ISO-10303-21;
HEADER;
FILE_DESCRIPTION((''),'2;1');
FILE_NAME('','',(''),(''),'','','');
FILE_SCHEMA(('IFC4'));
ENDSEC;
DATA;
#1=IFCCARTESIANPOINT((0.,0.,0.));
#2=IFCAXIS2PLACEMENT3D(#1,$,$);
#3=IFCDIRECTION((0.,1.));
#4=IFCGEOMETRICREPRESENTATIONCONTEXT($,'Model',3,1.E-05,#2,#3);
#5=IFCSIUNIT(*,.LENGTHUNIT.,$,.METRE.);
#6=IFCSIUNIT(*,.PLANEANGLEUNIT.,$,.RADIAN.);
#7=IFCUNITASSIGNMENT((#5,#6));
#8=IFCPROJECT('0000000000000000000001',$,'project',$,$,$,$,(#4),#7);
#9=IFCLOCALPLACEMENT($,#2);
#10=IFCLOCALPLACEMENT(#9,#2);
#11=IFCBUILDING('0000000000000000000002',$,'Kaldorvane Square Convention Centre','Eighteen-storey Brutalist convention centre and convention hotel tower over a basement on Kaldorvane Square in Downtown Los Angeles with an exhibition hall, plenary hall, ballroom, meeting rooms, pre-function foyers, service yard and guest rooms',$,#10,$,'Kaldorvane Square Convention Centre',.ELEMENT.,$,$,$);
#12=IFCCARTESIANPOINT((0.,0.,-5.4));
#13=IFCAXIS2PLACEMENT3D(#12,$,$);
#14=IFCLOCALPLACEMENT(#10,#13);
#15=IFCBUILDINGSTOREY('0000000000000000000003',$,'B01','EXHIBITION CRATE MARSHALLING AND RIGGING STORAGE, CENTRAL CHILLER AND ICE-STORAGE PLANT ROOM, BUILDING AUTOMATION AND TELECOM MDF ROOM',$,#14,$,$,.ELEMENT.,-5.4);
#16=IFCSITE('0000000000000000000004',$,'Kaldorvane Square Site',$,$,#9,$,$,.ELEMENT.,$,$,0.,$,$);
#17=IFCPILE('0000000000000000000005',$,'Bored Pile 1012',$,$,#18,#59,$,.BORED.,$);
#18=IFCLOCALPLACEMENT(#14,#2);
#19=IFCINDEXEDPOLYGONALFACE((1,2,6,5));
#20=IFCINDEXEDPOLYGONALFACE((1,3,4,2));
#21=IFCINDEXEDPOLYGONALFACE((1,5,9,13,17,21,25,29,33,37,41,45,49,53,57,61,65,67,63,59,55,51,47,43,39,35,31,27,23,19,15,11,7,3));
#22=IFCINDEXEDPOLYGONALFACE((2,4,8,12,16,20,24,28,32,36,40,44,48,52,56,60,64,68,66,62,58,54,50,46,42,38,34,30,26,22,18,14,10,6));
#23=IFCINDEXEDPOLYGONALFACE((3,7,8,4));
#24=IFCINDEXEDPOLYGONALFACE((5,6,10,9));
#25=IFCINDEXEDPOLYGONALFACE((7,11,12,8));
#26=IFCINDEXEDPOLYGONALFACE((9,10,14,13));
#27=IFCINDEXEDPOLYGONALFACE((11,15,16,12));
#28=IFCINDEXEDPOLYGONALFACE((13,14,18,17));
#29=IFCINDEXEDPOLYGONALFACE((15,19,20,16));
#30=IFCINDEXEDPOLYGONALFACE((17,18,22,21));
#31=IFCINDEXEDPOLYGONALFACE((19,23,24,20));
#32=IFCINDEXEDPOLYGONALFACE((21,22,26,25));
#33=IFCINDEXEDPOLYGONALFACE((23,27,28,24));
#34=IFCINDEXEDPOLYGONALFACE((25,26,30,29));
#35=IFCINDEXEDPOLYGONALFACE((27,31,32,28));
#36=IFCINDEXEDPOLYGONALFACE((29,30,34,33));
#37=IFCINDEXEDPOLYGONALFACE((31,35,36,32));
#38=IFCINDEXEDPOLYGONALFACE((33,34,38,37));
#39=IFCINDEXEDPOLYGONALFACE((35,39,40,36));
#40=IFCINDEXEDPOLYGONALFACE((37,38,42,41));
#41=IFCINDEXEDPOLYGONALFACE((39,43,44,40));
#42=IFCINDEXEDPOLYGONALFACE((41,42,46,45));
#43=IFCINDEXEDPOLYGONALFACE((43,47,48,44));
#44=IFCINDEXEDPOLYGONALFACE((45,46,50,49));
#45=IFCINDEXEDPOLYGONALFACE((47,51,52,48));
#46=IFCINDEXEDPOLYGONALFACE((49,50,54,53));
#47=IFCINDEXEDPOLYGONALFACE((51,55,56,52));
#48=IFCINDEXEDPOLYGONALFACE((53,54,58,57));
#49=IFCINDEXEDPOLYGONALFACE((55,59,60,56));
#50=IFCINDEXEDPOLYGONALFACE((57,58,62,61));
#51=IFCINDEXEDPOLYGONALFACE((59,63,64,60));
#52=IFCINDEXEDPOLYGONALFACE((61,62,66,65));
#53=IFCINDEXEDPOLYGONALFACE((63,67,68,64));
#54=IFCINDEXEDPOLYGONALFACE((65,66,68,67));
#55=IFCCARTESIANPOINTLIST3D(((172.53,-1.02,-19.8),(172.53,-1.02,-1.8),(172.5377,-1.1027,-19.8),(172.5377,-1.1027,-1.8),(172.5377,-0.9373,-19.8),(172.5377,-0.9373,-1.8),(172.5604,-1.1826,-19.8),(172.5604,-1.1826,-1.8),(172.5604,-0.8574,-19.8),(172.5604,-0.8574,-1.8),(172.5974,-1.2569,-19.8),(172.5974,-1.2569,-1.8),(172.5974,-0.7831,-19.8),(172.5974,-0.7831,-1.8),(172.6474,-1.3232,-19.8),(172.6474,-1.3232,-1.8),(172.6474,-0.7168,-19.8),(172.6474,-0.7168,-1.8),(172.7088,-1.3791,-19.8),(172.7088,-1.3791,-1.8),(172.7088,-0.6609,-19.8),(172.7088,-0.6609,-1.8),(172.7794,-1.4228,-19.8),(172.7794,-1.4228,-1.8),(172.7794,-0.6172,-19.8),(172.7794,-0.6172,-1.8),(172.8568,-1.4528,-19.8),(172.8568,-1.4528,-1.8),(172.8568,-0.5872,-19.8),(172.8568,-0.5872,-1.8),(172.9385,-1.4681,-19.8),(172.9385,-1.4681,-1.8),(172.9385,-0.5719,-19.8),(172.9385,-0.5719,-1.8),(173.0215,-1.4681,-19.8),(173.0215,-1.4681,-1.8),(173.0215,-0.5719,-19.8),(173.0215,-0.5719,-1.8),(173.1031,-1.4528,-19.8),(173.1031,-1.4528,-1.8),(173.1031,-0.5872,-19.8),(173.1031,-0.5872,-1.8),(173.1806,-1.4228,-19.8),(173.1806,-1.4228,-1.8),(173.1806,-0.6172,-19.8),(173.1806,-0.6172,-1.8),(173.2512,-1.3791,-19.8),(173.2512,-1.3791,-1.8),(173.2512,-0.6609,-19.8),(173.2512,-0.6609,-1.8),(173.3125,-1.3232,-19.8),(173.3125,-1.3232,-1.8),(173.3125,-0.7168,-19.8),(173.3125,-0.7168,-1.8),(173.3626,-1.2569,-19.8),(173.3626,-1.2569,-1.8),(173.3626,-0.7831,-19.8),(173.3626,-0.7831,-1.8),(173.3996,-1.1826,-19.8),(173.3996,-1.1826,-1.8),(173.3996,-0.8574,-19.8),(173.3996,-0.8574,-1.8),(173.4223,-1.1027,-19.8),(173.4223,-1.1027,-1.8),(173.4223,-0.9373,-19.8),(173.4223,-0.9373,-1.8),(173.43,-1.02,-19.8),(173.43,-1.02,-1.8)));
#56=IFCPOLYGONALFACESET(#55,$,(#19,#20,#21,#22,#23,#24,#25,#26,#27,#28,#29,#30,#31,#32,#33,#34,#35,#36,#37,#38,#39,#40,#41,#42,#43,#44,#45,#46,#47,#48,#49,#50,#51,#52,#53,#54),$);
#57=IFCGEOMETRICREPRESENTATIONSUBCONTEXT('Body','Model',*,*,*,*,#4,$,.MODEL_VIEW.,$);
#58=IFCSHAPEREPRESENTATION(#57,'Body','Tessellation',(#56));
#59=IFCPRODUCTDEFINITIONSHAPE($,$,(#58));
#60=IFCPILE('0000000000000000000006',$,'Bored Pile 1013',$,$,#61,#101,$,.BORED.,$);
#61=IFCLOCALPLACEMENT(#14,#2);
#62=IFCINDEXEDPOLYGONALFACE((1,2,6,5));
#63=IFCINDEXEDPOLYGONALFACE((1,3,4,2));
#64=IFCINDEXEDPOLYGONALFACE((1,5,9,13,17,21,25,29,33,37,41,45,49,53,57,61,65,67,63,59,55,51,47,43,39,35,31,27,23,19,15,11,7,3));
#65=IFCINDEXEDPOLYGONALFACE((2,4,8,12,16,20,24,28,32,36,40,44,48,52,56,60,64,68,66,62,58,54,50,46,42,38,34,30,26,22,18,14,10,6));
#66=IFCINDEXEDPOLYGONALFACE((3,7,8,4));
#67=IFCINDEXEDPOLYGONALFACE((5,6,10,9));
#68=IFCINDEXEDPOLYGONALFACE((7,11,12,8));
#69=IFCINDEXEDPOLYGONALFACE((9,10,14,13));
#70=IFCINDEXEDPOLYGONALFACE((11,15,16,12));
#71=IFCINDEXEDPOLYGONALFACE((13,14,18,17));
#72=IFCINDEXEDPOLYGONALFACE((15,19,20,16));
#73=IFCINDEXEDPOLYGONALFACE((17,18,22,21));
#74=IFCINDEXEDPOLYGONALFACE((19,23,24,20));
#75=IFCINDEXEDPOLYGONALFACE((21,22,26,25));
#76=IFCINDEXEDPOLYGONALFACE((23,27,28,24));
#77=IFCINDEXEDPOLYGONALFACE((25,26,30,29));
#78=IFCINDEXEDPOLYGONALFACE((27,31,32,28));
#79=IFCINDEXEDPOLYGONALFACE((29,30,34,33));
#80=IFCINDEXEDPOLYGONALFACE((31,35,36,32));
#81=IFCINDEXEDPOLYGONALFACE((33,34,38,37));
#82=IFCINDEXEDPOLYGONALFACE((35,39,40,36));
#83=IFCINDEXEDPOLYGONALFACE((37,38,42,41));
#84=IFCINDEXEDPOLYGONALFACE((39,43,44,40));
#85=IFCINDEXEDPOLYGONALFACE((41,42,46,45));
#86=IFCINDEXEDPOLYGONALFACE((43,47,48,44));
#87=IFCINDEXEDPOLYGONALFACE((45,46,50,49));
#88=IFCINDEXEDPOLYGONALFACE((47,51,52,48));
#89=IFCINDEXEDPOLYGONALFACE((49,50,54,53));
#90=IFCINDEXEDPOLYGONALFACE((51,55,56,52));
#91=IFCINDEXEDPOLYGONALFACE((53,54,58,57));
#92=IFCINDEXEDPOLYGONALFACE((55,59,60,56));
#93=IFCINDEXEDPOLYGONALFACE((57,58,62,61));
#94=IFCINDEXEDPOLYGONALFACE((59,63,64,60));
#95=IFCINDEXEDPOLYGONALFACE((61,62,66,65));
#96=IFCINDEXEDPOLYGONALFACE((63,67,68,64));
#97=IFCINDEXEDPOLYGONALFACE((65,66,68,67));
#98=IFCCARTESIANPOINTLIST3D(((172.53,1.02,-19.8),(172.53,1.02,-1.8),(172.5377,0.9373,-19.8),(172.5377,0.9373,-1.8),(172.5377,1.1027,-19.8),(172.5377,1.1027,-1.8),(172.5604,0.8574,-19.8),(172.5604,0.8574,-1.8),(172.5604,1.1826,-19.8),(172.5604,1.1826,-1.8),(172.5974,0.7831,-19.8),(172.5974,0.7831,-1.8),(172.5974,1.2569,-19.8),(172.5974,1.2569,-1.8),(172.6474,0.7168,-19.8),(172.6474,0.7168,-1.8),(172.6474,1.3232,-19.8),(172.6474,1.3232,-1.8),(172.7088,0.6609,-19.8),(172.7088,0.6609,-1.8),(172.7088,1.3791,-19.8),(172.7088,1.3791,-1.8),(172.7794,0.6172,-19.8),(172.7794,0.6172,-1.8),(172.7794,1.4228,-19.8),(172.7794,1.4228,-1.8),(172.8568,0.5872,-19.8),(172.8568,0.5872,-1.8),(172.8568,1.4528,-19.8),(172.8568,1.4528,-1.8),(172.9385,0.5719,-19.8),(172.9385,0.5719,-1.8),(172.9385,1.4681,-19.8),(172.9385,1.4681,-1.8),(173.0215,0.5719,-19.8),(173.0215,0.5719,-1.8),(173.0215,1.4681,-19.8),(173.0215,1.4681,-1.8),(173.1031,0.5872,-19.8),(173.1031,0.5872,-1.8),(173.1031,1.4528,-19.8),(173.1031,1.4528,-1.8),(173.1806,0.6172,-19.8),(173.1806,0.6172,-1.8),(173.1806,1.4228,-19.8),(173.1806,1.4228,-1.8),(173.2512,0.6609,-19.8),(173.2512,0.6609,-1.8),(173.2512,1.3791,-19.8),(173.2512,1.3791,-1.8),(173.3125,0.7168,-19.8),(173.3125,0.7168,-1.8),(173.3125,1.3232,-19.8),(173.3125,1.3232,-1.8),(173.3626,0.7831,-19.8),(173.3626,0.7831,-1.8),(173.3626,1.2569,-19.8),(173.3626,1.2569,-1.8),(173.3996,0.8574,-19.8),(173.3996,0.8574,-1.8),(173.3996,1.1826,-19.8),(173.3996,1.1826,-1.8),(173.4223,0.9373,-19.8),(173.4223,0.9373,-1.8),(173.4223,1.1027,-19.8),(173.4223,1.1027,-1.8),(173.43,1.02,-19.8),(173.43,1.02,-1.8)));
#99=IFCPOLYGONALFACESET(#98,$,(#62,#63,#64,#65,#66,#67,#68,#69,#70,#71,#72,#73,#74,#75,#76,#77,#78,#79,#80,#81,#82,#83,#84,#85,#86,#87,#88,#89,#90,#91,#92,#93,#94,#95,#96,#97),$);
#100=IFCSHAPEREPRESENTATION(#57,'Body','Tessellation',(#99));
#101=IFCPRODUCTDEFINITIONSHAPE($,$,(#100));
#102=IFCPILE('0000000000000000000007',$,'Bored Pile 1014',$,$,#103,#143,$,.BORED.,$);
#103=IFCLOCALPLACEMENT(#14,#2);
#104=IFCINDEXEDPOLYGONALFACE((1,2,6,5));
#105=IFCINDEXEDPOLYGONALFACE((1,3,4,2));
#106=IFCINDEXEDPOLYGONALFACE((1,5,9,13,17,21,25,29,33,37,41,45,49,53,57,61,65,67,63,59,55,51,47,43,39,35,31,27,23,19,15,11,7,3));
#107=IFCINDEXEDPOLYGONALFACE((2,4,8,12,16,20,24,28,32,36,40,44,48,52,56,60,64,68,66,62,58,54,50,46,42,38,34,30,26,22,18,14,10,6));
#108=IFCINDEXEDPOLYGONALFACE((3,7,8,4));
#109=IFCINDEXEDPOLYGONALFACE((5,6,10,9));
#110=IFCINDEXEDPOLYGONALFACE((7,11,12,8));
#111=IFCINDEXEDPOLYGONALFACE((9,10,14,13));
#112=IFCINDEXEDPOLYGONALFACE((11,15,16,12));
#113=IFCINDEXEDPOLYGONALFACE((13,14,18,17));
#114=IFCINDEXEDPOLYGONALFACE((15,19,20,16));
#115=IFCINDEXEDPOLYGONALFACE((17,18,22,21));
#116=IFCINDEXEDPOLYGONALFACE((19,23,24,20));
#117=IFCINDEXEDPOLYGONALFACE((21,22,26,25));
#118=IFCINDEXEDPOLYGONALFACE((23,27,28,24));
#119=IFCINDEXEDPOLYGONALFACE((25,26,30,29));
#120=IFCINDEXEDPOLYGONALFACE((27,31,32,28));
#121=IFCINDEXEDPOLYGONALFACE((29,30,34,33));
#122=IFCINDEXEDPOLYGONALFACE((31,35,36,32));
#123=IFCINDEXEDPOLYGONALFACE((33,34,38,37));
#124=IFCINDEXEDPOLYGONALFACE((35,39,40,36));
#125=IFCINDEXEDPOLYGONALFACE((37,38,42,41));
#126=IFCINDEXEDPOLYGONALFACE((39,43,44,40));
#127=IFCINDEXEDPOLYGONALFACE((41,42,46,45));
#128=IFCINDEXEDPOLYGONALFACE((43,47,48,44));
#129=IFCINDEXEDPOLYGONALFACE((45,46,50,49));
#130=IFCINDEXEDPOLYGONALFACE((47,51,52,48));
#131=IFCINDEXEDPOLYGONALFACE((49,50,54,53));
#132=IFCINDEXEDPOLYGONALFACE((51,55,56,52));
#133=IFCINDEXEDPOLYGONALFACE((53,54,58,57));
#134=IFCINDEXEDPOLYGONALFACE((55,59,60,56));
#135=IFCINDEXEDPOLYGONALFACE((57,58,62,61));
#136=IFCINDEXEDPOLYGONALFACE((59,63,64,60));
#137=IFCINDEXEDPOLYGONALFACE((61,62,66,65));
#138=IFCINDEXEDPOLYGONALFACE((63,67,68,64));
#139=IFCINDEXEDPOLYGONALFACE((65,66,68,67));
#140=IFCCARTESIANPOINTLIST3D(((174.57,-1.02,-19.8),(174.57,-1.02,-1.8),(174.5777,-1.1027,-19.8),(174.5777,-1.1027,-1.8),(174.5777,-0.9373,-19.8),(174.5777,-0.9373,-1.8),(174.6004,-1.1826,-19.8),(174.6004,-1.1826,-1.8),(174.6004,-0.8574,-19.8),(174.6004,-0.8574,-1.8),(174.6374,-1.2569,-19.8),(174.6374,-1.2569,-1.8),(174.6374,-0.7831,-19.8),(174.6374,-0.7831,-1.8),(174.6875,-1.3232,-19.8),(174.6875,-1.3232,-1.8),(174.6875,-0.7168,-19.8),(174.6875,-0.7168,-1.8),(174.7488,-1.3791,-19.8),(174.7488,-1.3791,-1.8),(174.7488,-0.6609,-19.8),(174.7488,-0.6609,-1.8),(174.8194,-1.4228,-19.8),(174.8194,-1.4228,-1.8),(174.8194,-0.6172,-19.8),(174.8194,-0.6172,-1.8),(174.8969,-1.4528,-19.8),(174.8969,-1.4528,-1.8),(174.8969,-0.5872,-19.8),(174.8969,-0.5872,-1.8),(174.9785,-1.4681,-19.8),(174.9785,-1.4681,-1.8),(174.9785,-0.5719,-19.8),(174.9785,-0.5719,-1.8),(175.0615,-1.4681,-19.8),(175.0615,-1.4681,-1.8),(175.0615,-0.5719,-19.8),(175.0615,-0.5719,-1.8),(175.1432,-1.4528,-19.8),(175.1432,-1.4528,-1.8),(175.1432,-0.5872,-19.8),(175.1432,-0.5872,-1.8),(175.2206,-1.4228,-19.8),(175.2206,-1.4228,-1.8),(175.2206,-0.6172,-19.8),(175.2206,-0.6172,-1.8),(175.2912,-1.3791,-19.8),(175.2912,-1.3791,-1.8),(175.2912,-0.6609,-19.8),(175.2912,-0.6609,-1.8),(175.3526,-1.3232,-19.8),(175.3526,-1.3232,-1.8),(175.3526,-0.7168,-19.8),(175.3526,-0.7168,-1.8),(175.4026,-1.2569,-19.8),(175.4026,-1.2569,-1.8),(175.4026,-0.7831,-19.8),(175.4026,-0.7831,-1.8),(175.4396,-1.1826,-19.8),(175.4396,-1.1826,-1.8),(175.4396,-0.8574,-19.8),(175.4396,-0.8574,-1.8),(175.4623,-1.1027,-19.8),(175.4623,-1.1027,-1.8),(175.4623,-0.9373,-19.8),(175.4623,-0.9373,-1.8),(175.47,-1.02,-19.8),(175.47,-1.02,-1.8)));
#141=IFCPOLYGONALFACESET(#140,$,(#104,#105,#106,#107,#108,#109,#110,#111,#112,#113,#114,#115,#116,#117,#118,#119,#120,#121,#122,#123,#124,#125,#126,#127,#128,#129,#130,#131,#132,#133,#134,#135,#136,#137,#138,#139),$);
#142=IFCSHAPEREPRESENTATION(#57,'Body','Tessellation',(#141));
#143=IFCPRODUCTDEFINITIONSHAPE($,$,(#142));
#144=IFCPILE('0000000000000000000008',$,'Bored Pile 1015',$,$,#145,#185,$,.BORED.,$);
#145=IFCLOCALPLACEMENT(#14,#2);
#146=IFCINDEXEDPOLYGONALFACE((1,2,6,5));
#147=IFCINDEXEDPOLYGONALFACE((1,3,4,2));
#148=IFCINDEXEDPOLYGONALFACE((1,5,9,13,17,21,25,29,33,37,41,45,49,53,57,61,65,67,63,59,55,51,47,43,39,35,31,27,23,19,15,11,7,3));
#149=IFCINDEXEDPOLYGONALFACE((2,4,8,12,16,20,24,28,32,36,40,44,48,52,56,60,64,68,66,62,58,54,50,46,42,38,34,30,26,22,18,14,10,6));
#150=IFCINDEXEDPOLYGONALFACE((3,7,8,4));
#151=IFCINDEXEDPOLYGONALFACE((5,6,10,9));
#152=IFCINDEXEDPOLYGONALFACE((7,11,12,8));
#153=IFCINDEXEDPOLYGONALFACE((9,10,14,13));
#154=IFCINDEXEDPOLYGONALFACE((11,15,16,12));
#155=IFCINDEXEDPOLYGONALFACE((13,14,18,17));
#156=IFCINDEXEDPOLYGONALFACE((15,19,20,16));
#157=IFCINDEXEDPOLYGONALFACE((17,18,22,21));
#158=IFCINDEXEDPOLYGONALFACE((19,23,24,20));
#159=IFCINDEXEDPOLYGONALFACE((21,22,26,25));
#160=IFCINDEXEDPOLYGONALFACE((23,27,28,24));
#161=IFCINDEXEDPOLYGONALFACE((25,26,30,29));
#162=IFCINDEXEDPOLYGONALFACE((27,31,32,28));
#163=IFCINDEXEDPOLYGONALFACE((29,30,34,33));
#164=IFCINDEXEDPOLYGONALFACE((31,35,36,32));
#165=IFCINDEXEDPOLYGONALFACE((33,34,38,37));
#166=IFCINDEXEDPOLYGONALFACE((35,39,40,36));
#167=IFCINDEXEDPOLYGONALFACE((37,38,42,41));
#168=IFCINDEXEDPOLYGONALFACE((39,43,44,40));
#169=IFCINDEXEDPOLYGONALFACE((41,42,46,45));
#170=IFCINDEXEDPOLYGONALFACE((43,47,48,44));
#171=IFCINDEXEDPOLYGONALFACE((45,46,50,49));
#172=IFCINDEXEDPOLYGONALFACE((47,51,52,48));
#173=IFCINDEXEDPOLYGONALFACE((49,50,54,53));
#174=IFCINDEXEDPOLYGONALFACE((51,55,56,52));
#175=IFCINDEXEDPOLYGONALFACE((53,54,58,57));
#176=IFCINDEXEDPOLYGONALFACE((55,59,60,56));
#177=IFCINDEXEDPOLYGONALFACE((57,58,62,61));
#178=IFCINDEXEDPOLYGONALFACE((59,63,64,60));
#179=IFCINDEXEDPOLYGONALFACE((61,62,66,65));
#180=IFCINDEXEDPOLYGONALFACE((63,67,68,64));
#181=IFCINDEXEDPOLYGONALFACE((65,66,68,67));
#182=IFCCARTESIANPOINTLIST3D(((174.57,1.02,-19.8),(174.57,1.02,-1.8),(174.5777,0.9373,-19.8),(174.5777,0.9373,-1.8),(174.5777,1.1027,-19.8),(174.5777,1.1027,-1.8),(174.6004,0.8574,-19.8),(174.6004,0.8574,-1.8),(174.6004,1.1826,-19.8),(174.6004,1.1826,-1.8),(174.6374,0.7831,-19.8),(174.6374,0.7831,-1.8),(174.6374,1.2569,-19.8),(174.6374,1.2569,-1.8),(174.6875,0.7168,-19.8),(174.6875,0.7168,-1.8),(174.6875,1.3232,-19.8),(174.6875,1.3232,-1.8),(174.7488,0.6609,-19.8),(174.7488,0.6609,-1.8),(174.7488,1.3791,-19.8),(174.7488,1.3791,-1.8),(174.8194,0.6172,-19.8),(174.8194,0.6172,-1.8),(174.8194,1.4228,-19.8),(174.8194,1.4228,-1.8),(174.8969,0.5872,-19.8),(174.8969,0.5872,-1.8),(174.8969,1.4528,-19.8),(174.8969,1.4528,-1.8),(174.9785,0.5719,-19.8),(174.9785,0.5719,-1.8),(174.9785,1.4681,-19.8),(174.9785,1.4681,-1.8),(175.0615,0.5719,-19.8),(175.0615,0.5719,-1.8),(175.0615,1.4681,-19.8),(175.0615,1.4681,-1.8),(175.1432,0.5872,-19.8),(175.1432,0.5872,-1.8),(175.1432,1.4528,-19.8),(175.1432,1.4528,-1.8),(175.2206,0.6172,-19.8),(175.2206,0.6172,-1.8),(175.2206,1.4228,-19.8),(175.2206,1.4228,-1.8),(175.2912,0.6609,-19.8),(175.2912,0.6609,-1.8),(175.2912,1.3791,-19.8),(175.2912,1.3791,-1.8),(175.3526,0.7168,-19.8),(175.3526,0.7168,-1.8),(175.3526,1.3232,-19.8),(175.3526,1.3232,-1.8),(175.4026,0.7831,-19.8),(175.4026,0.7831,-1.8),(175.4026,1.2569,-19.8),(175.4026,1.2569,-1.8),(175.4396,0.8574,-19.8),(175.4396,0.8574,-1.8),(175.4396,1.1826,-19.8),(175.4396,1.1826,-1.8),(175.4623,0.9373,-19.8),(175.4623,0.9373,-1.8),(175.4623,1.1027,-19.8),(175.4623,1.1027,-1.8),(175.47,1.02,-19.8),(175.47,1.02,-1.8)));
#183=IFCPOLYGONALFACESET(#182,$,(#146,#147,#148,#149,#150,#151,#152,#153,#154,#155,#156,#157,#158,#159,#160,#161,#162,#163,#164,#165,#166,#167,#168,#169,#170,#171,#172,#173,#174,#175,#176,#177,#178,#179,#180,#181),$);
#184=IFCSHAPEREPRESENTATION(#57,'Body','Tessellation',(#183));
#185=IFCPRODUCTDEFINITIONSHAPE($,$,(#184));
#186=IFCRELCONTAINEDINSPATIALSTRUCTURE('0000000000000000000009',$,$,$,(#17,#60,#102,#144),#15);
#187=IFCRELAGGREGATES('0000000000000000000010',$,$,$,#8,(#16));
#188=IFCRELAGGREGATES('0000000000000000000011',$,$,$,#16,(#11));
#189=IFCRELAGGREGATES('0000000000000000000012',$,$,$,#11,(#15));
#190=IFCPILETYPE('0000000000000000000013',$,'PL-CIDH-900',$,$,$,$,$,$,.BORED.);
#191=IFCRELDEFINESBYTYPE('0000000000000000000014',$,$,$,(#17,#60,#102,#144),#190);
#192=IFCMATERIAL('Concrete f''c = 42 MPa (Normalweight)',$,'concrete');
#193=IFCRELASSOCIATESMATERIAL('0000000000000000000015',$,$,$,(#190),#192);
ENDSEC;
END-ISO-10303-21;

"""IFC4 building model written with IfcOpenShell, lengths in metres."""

from ifc_helpers import new_model, si_unit, direction, frame, origin, origin_2d, place, context, subcontext, project, spatial, circle, extrude, material, material_profile, profile_set, type_object, element, save


model = new_model("IFC4")

# Units and contexts
model_context = context("Model", 3, precision=1e-05, world=origin(), true_north=direction((0.0, 1.0)))
body_context = subcontext(model_context, "Body", "Model", "MODEL_VIEW")
ifc_project = project(units=[si_unit("LENGTHUNIT", "METRE"), si_unit("PLANEANGLEUNIT", "RADIAN")], contexts=[model_context])

# Site, building, storey
site_placement = place(None, origin())
site = spatial("IfcSite", under=ifc_project, at=site_placement, Name="Kaldorvane Square Site", CompositionType="ELEMENT", RefElevation=0.0)
building_placement = place(site_placement, origin())
building = spatial("IfcBuilding", under=site, at=building_placement, Name="Kaldorvane Square Convention Centre", Description="Eighteen-storey Brutalist convention centre and convention hotel tower over a basement on Kaldorvane Square in Downtown Los Angeles with an exhibition hall, plenary hall, ballroom, meeting rooms, pre-function foyers, service yard and guest rooms", LongName="Kaldorvane Square Convention Centre", CompositionType="ELEMENT")
storey_placement = place(building_placement, frame((0.0, 0.0, -5.4)))
storey = spatial("IfcBuildingStorey", under=building, at=storey_placement, Name="B01", Description="EXHIBITION CRATE MARSHALLING AND RIGGING STORAGE, CENTRAL CHILLER AND ICE-STORAGE PLANT ROOM, BUILDING AUTOMATION AND TELECOM MDF ROOM", CompositionType="ELEMENT", Elevation=-5.4)

# Shared definitions
ifc_material_1 = material(Name="Concrete f'c = 42 MPa (Normalweight)", Category="concrete")

# Piles
ifc_material_profile_1 = material_profile(ifc_material_1, circle(Radius=0.45, at=origin_2d()), Name="PILE-D900")
ifc_profile_set_1 = profile_set([ifc_material_profile_1], Name="Concrete f'c = 42 MPa (Normalweight)")
pile_type = type_object("IfcPileType", Name="PL-CIDH-900", PredefinedType="BORED", material=ifc_profile_set_1)
for number, where, z_axis, x_axis, name in (
    (1, (172.98, -1.02, -1.8), (0.0, 0.0, -1.0), (1.0, 0.0, 0.0), "Bored Pile 1012"),
    (2, (172.98, 1.02, -1.8), (0.0, 0.0, -1.0), (1.0, 0.0, 0.0), "Bored Pile 1013"),
    (3, (175.02, -1.02, -1.8), (0.0, 0.0, -1.0), (1.0, 0.0, 0.0), "Bored Pile 1014"),
    (4, (175.02, 1.02, -1.8), (0.0, 0.0, -1.0), (1.0, 0.0, 0.0), "Bored Pile 1015"),
):
    element("IfcPile", number, at=place(storey_placement, frame(where, z_axis=z_axis, x_axis=x_axis)), inside=storey, type_object=pile_type, Name=name, PredefinedType="BORED", context=body_context, shape_type="SweptSolid", body=[
        extrude(circle(Radius=0.45, at=origin_2d()), origin(), (0.0, 0.0, 1.0), 18.0),
    ])

save(model, "model.ifc")
